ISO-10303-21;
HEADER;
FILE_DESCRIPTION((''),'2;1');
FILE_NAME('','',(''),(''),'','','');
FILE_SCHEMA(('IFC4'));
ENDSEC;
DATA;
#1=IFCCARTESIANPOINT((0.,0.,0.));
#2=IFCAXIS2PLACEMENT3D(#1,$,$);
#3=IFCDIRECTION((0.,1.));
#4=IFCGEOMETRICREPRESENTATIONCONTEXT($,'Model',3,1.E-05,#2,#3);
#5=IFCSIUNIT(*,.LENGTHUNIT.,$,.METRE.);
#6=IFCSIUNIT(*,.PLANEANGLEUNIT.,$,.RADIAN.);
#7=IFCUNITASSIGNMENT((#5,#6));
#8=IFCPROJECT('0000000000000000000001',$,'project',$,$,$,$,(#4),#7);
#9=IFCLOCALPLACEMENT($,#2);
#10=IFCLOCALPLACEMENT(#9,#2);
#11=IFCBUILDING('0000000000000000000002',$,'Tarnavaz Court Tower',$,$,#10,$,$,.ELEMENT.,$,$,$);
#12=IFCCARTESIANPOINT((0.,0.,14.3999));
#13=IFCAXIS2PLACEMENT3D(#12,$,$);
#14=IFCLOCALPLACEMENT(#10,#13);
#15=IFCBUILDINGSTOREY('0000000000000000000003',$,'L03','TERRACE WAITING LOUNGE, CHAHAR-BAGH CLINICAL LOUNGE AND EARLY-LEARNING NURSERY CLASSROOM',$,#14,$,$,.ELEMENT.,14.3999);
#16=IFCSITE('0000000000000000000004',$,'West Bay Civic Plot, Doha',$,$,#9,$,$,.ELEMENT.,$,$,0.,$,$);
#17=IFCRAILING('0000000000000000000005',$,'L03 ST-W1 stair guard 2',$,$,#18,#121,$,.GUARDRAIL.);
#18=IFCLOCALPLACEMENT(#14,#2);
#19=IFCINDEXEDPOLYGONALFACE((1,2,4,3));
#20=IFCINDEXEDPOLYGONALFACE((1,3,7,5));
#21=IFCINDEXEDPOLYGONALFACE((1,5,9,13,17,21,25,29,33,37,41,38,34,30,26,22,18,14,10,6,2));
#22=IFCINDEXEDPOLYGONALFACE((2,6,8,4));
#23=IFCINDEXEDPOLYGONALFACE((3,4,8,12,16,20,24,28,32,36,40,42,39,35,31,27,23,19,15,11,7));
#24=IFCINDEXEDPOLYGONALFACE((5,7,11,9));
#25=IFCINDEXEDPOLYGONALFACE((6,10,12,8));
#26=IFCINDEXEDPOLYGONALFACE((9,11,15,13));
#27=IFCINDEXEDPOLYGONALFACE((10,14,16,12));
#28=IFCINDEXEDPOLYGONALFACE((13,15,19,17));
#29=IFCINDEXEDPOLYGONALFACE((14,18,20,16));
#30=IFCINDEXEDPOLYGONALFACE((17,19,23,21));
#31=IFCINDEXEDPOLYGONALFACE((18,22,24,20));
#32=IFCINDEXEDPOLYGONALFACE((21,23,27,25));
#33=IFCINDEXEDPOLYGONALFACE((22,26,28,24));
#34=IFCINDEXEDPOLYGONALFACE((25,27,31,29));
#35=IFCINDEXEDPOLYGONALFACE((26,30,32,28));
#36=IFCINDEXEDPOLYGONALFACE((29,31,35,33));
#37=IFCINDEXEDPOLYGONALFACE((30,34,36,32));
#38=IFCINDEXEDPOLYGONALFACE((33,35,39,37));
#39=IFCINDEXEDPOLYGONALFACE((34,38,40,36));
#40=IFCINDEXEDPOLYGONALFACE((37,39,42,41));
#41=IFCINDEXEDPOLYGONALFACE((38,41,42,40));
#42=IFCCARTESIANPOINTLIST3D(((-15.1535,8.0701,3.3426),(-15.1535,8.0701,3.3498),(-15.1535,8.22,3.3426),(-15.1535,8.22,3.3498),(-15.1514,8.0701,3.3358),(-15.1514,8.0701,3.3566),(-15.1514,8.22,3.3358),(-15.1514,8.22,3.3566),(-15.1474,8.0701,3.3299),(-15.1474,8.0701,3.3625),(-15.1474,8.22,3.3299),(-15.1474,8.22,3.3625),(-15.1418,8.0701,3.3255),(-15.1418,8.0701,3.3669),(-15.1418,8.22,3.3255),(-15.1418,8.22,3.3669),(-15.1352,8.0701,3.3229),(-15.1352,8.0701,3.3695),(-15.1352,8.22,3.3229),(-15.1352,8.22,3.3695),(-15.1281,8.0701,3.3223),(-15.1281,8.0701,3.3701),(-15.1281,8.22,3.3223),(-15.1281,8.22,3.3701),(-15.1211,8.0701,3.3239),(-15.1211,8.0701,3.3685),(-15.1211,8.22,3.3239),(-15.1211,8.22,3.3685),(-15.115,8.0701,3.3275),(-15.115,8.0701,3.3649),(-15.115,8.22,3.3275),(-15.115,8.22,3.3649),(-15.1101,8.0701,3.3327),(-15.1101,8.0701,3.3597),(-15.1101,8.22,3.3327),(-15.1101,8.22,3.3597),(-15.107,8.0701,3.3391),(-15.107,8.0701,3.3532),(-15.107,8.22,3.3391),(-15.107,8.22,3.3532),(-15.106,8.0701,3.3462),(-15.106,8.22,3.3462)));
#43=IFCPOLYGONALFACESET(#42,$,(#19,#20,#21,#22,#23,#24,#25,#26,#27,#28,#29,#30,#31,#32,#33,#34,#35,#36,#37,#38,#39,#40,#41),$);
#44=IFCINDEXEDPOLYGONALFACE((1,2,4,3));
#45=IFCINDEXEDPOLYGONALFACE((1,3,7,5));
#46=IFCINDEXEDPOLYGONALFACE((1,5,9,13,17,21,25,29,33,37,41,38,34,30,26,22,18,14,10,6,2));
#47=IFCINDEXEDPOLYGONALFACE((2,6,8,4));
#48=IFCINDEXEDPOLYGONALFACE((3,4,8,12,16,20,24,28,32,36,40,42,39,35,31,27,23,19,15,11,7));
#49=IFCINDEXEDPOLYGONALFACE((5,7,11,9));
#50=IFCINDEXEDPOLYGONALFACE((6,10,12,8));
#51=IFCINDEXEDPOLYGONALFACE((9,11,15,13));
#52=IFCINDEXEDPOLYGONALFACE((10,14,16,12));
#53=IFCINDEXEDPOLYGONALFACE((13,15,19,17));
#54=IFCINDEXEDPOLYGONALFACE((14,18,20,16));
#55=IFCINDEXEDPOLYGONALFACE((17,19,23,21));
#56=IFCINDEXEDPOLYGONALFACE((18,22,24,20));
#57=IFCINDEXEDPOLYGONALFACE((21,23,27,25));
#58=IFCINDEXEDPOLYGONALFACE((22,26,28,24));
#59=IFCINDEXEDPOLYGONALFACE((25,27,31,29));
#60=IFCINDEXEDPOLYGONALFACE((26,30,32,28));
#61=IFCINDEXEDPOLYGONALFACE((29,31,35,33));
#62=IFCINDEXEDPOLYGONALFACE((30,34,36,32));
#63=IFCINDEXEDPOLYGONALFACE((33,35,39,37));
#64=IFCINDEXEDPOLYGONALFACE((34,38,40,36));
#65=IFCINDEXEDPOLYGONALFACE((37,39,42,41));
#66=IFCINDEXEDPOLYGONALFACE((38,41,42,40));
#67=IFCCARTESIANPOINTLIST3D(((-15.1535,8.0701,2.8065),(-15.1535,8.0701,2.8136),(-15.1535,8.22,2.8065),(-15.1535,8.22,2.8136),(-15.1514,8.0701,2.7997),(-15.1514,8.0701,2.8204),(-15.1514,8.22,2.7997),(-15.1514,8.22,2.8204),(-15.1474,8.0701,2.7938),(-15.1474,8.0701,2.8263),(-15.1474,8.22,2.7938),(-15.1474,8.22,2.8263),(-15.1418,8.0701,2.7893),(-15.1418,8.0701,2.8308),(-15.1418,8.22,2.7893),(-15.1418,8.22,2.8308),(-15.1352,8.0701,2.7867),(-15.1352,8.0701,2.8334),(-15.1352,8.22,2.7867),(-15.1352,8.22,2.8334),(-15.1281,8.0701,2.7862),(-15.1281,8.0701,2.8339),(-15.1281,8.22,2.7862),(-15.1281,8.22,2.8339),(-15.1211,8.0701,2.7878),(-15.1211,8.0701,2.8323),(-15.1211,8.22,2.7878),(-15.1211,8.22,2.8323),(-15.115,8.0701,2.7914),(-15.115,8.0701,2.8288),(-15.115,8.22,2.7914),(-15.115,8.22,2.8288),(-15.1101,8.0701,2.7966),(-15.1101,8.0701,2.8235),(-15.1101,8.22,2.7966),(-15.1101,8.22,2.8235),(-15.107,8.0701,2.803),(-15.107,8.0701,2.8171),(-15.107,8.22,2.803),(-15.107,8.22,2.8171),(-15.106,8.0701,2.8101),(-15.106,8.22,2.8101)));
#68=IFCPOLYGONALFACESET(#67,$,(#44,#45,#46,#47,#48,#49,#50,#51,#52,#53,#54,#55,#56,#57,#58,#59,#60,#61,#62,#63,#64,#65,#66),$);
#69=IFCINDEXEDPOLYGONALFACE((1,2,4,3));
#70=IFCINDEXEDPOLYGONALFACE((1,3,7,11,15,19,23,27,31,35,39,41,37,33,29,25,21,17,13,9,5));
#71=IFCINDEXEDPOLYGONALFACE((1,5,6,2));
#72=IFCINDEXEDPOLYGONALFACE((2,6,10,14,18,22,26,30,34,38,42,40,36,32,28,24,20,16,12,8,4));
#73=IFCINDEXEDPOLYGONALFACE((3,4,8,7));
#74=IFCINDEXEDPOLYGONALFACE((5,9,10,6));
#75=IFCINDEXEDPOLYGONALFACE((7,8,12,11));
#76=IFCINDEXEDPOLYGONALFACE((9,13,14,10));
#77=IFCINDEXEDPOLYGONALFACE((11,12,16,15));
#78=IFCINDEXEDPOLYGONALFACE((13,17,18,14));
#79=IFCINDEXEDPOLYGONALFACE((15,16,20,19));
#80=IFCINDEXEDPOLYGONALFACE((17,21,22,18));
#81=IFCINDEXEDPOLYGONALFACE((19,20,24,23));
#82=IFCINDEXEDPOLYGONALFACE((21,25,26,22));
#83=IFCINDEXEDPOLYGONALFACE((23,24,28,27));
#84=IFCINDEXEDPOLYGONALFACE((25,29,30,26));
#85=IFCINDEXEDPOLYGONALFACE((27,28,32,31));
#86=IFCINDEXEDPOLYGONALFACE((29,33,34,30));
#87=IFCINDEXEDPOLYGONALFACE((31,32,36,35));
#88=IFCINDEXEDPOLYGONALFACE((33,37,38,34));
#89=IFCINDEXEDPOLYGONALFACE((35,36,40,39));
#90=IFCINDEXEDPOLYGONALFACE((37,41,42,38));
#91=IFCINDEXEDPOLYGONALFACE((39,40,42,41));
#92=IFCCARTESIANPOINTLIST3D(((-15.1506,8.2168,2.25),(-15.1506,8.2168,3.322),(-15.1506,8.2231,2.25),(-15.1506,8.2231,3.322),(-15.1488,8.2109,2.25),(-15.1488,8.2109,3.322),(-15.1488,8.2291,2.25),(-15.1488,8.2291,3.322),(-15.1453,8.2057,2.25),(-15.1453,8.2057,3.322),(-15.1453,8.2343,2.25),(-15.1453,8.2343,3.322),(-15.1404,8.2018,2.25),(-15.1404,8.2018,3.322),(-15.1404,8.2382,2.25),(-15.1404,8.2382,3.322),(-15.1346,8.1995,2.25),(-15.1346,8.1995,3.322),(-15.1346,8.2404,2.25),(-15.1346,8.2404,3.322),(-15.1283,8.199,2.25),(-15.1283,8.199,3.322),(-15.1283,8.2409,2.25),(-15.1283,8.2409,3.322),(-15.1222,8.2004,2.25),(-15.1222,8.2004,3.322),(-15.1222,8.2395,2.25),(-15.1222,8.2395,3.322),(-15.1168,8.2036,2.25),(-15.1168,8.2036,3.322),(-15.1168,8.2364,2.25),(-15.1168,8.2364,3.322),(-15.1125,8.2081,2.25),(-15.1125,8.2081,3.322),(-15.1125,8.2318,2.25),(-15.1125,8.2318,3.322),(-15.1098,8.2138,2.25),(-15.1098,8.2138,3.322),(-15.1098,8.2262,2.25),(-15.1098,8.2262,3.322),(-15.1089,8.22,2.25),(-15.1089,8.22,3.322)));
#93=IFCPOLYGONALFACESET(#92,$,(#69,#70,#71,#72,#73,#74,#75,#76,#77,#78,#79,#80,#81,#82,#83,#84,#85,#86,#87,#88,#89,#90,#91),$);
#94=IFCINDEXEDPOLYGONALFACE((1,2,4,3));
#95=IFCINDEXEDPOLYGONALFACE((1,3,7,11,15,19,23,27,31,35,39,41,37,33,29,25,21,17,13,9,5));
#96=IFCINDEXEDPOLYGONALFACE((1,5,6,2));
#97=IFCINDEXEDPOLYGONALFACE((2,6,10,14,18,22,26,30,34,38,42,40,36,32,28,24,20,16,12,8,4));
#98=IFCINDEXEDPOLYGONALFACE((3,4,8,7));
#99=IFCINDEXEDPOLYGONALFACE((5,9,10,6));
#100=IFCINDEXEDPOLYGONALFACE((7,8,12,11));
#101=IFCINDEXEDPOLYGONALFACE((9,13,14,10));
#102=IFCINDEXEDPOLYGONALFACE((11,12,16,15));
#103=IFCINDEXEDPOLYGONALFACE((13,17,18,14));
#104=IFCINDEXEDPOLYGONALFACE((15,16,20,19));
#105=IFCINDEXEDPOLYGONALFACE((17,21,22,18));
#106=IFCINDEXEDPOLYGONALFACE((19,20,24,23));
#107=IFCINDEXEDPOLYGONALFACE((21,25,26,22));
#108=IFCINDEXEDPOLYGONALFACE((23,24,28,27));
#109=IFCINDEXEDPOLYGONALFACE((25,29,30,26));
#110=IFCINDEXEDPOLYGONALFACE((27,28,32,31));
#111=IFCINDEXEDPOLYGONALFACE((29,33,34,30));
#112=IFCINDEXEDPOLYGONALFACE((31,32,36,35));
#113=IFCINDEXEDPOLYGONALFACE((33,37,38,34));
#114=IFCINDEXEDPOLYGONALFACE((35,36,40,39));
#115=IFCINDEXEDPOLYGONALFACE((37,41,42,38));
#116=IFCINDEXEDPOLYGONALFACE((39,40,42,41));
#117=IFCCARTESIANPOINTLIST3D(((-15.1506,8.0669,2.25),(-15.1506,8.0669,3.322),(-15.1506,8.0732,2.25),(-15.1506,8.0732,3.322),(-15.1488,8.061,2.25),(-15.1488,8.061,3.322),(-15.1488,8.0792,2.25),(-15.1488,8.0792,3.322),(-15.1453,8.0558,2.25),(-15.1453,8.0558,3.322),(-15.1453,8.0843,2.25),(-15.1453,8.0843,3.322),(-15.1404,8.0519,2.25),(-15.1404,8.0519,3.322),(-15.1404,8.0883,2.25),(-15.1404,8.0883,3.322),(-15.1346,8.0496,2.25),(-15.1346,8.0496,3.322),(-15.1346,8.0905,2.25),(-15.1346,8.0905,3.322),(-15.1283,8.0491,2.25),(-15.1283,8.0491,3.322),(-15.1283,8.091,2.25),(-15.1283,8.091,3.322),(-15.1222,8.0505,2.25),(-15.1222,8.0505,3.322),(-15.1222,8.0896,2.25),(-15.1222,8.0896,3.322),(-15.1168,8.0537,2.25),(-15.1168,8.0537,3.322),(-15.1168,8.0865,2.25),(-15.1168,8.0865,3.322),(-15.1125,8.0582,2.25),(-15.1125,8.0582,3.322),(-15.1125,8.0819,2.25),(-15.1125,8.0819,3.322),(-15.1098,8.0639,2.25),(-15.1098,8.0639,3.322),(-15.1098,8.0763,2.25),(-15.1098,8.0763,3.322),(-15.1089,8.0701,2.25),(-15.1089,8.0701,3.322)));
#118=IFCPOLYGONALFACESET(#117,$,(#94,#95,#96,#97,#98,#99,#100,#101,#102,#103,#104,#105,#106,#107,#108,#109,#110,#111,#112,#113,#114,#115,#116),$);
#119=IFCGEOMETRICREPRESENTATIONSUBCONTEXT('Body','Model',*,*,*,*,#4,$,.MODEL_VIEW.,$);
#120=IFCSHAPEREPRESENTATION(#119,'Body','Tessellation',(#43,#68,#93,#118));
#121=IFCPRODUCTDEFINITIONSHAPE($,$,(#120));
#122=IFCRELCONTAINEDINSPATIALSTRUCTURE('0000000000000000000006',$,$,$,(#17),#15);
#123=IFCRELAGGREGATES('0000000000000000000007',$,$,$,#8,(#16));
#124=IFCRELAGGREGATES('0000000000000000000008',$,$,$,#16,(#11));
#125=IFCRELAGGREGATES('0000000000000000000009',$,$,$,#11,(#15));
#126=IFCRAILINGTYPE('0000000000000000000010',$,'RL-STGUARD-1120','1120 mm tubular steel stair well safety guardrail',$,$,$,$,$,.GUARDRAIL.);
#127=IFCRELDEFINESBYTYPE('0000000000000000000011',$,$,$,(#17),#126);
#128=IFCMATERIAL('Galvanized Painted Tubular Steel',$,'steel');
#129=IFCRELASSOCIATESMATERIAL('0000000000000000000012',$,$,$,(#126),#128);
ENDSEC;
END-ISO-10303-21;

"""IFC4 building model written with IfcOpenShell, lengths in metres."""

from ifc_helpers import new_model, si_unit, direction, frame, origin, origin_2d, place, context, subcontext, project, spatial, circle, extrude, material, type_object, element, save


model = new_model("IFC4")

# Units and contexts
model_context = context("Model", 3, precision=1e-05, world=origin(), true_north=direction((0.0, 1.0)))
body_context = subcontext(model_context, "Body", "Model", "MODEL_VIEW")
ifc_project = project(units=[si_unit("LENGTHUNIT", "METRE"), si_unit("PLANEANGLEUNIT", "RADIAN")], contexts=[model_context])

# Site, building, storey
site_placement = place(None, origin())
site = spatial("IfcSite", under=ifc_project, at=site_placement, Name="West Bay Civic Plot, Doha", CompositionType="ELEMENT", RefElevation=0.0)
building_placement = place(site_placement, origin())
building = spatial("IfcBuilding", under=site, at=building_placement, Name="Tarnavaz Court Tower", CompositionType="ELEMENT")
storey_placement = place(building_placement, frame((0.0, 0.0, 14.3999)))
storey = spatial("IfcBuildingStorey", under=building, at=storey_placement, Name="L03", Description="TERRACE WAITING LOUNGE, CHAHAR-BAGH CLINICAL LOUNGE AND EARLY-LEARNING NURSERY CLASSROOM", CompositionType="ELEMENT", Elevation=14.3999)

# Railing
ifc_material_1 = material(Name="Galvanized Painted Tubular Steel", Category="steel")
railing_type_1 = type_object("IfcRailingType", Name="RL-STGUARD-1120", Description="1120 mm tubular steel stair well safety guardrail", PredefinedType="GUARDRAIL", material=ifc_material_1)
railing_1_placement = place(storey_placement, frame((-15.1299, 8.22, 2.25)))
element("IfcRailing", 1, at=railing_1_placement, inside=storey, type_object=railing_type_1, Name="L03 ST-W1 stair guard 2", PredefinedType="GUARDRAIL", context=body_context, shape_type="SweptSolid", body=[
    extrude(circle(Radius=0.0239, at=origin_2d()), frame((0.0, 0.0, 1.0962), z_axis=(0.0, -1.0, 0.0), x_axis=(1.0, 0.0, 0.0)), (0.0, 0.0, 1.0), 0.1499),
    extrude(circle(Radius=0.0239, at=origin_2d()), frame((0.0, 0.0, 0.5601), z_axis=(0.0, -1.0, 0.0), x_axis=(1.0, 0.0, 0.0)), (0.0, 0.0, 1.0), 0.1499),
    extrude(circle(Radius=0.021, at=origin_2d()), origin(), (0.0, 0.0, 1.0), 1.072),
    extrude(circle(Radius=0.021, at=origin_2d()), frame((0.0, -0.1499, 0.0)), (0.0, 0.0, 1.0), 1.072),
])

save(model, "model.ifc")
